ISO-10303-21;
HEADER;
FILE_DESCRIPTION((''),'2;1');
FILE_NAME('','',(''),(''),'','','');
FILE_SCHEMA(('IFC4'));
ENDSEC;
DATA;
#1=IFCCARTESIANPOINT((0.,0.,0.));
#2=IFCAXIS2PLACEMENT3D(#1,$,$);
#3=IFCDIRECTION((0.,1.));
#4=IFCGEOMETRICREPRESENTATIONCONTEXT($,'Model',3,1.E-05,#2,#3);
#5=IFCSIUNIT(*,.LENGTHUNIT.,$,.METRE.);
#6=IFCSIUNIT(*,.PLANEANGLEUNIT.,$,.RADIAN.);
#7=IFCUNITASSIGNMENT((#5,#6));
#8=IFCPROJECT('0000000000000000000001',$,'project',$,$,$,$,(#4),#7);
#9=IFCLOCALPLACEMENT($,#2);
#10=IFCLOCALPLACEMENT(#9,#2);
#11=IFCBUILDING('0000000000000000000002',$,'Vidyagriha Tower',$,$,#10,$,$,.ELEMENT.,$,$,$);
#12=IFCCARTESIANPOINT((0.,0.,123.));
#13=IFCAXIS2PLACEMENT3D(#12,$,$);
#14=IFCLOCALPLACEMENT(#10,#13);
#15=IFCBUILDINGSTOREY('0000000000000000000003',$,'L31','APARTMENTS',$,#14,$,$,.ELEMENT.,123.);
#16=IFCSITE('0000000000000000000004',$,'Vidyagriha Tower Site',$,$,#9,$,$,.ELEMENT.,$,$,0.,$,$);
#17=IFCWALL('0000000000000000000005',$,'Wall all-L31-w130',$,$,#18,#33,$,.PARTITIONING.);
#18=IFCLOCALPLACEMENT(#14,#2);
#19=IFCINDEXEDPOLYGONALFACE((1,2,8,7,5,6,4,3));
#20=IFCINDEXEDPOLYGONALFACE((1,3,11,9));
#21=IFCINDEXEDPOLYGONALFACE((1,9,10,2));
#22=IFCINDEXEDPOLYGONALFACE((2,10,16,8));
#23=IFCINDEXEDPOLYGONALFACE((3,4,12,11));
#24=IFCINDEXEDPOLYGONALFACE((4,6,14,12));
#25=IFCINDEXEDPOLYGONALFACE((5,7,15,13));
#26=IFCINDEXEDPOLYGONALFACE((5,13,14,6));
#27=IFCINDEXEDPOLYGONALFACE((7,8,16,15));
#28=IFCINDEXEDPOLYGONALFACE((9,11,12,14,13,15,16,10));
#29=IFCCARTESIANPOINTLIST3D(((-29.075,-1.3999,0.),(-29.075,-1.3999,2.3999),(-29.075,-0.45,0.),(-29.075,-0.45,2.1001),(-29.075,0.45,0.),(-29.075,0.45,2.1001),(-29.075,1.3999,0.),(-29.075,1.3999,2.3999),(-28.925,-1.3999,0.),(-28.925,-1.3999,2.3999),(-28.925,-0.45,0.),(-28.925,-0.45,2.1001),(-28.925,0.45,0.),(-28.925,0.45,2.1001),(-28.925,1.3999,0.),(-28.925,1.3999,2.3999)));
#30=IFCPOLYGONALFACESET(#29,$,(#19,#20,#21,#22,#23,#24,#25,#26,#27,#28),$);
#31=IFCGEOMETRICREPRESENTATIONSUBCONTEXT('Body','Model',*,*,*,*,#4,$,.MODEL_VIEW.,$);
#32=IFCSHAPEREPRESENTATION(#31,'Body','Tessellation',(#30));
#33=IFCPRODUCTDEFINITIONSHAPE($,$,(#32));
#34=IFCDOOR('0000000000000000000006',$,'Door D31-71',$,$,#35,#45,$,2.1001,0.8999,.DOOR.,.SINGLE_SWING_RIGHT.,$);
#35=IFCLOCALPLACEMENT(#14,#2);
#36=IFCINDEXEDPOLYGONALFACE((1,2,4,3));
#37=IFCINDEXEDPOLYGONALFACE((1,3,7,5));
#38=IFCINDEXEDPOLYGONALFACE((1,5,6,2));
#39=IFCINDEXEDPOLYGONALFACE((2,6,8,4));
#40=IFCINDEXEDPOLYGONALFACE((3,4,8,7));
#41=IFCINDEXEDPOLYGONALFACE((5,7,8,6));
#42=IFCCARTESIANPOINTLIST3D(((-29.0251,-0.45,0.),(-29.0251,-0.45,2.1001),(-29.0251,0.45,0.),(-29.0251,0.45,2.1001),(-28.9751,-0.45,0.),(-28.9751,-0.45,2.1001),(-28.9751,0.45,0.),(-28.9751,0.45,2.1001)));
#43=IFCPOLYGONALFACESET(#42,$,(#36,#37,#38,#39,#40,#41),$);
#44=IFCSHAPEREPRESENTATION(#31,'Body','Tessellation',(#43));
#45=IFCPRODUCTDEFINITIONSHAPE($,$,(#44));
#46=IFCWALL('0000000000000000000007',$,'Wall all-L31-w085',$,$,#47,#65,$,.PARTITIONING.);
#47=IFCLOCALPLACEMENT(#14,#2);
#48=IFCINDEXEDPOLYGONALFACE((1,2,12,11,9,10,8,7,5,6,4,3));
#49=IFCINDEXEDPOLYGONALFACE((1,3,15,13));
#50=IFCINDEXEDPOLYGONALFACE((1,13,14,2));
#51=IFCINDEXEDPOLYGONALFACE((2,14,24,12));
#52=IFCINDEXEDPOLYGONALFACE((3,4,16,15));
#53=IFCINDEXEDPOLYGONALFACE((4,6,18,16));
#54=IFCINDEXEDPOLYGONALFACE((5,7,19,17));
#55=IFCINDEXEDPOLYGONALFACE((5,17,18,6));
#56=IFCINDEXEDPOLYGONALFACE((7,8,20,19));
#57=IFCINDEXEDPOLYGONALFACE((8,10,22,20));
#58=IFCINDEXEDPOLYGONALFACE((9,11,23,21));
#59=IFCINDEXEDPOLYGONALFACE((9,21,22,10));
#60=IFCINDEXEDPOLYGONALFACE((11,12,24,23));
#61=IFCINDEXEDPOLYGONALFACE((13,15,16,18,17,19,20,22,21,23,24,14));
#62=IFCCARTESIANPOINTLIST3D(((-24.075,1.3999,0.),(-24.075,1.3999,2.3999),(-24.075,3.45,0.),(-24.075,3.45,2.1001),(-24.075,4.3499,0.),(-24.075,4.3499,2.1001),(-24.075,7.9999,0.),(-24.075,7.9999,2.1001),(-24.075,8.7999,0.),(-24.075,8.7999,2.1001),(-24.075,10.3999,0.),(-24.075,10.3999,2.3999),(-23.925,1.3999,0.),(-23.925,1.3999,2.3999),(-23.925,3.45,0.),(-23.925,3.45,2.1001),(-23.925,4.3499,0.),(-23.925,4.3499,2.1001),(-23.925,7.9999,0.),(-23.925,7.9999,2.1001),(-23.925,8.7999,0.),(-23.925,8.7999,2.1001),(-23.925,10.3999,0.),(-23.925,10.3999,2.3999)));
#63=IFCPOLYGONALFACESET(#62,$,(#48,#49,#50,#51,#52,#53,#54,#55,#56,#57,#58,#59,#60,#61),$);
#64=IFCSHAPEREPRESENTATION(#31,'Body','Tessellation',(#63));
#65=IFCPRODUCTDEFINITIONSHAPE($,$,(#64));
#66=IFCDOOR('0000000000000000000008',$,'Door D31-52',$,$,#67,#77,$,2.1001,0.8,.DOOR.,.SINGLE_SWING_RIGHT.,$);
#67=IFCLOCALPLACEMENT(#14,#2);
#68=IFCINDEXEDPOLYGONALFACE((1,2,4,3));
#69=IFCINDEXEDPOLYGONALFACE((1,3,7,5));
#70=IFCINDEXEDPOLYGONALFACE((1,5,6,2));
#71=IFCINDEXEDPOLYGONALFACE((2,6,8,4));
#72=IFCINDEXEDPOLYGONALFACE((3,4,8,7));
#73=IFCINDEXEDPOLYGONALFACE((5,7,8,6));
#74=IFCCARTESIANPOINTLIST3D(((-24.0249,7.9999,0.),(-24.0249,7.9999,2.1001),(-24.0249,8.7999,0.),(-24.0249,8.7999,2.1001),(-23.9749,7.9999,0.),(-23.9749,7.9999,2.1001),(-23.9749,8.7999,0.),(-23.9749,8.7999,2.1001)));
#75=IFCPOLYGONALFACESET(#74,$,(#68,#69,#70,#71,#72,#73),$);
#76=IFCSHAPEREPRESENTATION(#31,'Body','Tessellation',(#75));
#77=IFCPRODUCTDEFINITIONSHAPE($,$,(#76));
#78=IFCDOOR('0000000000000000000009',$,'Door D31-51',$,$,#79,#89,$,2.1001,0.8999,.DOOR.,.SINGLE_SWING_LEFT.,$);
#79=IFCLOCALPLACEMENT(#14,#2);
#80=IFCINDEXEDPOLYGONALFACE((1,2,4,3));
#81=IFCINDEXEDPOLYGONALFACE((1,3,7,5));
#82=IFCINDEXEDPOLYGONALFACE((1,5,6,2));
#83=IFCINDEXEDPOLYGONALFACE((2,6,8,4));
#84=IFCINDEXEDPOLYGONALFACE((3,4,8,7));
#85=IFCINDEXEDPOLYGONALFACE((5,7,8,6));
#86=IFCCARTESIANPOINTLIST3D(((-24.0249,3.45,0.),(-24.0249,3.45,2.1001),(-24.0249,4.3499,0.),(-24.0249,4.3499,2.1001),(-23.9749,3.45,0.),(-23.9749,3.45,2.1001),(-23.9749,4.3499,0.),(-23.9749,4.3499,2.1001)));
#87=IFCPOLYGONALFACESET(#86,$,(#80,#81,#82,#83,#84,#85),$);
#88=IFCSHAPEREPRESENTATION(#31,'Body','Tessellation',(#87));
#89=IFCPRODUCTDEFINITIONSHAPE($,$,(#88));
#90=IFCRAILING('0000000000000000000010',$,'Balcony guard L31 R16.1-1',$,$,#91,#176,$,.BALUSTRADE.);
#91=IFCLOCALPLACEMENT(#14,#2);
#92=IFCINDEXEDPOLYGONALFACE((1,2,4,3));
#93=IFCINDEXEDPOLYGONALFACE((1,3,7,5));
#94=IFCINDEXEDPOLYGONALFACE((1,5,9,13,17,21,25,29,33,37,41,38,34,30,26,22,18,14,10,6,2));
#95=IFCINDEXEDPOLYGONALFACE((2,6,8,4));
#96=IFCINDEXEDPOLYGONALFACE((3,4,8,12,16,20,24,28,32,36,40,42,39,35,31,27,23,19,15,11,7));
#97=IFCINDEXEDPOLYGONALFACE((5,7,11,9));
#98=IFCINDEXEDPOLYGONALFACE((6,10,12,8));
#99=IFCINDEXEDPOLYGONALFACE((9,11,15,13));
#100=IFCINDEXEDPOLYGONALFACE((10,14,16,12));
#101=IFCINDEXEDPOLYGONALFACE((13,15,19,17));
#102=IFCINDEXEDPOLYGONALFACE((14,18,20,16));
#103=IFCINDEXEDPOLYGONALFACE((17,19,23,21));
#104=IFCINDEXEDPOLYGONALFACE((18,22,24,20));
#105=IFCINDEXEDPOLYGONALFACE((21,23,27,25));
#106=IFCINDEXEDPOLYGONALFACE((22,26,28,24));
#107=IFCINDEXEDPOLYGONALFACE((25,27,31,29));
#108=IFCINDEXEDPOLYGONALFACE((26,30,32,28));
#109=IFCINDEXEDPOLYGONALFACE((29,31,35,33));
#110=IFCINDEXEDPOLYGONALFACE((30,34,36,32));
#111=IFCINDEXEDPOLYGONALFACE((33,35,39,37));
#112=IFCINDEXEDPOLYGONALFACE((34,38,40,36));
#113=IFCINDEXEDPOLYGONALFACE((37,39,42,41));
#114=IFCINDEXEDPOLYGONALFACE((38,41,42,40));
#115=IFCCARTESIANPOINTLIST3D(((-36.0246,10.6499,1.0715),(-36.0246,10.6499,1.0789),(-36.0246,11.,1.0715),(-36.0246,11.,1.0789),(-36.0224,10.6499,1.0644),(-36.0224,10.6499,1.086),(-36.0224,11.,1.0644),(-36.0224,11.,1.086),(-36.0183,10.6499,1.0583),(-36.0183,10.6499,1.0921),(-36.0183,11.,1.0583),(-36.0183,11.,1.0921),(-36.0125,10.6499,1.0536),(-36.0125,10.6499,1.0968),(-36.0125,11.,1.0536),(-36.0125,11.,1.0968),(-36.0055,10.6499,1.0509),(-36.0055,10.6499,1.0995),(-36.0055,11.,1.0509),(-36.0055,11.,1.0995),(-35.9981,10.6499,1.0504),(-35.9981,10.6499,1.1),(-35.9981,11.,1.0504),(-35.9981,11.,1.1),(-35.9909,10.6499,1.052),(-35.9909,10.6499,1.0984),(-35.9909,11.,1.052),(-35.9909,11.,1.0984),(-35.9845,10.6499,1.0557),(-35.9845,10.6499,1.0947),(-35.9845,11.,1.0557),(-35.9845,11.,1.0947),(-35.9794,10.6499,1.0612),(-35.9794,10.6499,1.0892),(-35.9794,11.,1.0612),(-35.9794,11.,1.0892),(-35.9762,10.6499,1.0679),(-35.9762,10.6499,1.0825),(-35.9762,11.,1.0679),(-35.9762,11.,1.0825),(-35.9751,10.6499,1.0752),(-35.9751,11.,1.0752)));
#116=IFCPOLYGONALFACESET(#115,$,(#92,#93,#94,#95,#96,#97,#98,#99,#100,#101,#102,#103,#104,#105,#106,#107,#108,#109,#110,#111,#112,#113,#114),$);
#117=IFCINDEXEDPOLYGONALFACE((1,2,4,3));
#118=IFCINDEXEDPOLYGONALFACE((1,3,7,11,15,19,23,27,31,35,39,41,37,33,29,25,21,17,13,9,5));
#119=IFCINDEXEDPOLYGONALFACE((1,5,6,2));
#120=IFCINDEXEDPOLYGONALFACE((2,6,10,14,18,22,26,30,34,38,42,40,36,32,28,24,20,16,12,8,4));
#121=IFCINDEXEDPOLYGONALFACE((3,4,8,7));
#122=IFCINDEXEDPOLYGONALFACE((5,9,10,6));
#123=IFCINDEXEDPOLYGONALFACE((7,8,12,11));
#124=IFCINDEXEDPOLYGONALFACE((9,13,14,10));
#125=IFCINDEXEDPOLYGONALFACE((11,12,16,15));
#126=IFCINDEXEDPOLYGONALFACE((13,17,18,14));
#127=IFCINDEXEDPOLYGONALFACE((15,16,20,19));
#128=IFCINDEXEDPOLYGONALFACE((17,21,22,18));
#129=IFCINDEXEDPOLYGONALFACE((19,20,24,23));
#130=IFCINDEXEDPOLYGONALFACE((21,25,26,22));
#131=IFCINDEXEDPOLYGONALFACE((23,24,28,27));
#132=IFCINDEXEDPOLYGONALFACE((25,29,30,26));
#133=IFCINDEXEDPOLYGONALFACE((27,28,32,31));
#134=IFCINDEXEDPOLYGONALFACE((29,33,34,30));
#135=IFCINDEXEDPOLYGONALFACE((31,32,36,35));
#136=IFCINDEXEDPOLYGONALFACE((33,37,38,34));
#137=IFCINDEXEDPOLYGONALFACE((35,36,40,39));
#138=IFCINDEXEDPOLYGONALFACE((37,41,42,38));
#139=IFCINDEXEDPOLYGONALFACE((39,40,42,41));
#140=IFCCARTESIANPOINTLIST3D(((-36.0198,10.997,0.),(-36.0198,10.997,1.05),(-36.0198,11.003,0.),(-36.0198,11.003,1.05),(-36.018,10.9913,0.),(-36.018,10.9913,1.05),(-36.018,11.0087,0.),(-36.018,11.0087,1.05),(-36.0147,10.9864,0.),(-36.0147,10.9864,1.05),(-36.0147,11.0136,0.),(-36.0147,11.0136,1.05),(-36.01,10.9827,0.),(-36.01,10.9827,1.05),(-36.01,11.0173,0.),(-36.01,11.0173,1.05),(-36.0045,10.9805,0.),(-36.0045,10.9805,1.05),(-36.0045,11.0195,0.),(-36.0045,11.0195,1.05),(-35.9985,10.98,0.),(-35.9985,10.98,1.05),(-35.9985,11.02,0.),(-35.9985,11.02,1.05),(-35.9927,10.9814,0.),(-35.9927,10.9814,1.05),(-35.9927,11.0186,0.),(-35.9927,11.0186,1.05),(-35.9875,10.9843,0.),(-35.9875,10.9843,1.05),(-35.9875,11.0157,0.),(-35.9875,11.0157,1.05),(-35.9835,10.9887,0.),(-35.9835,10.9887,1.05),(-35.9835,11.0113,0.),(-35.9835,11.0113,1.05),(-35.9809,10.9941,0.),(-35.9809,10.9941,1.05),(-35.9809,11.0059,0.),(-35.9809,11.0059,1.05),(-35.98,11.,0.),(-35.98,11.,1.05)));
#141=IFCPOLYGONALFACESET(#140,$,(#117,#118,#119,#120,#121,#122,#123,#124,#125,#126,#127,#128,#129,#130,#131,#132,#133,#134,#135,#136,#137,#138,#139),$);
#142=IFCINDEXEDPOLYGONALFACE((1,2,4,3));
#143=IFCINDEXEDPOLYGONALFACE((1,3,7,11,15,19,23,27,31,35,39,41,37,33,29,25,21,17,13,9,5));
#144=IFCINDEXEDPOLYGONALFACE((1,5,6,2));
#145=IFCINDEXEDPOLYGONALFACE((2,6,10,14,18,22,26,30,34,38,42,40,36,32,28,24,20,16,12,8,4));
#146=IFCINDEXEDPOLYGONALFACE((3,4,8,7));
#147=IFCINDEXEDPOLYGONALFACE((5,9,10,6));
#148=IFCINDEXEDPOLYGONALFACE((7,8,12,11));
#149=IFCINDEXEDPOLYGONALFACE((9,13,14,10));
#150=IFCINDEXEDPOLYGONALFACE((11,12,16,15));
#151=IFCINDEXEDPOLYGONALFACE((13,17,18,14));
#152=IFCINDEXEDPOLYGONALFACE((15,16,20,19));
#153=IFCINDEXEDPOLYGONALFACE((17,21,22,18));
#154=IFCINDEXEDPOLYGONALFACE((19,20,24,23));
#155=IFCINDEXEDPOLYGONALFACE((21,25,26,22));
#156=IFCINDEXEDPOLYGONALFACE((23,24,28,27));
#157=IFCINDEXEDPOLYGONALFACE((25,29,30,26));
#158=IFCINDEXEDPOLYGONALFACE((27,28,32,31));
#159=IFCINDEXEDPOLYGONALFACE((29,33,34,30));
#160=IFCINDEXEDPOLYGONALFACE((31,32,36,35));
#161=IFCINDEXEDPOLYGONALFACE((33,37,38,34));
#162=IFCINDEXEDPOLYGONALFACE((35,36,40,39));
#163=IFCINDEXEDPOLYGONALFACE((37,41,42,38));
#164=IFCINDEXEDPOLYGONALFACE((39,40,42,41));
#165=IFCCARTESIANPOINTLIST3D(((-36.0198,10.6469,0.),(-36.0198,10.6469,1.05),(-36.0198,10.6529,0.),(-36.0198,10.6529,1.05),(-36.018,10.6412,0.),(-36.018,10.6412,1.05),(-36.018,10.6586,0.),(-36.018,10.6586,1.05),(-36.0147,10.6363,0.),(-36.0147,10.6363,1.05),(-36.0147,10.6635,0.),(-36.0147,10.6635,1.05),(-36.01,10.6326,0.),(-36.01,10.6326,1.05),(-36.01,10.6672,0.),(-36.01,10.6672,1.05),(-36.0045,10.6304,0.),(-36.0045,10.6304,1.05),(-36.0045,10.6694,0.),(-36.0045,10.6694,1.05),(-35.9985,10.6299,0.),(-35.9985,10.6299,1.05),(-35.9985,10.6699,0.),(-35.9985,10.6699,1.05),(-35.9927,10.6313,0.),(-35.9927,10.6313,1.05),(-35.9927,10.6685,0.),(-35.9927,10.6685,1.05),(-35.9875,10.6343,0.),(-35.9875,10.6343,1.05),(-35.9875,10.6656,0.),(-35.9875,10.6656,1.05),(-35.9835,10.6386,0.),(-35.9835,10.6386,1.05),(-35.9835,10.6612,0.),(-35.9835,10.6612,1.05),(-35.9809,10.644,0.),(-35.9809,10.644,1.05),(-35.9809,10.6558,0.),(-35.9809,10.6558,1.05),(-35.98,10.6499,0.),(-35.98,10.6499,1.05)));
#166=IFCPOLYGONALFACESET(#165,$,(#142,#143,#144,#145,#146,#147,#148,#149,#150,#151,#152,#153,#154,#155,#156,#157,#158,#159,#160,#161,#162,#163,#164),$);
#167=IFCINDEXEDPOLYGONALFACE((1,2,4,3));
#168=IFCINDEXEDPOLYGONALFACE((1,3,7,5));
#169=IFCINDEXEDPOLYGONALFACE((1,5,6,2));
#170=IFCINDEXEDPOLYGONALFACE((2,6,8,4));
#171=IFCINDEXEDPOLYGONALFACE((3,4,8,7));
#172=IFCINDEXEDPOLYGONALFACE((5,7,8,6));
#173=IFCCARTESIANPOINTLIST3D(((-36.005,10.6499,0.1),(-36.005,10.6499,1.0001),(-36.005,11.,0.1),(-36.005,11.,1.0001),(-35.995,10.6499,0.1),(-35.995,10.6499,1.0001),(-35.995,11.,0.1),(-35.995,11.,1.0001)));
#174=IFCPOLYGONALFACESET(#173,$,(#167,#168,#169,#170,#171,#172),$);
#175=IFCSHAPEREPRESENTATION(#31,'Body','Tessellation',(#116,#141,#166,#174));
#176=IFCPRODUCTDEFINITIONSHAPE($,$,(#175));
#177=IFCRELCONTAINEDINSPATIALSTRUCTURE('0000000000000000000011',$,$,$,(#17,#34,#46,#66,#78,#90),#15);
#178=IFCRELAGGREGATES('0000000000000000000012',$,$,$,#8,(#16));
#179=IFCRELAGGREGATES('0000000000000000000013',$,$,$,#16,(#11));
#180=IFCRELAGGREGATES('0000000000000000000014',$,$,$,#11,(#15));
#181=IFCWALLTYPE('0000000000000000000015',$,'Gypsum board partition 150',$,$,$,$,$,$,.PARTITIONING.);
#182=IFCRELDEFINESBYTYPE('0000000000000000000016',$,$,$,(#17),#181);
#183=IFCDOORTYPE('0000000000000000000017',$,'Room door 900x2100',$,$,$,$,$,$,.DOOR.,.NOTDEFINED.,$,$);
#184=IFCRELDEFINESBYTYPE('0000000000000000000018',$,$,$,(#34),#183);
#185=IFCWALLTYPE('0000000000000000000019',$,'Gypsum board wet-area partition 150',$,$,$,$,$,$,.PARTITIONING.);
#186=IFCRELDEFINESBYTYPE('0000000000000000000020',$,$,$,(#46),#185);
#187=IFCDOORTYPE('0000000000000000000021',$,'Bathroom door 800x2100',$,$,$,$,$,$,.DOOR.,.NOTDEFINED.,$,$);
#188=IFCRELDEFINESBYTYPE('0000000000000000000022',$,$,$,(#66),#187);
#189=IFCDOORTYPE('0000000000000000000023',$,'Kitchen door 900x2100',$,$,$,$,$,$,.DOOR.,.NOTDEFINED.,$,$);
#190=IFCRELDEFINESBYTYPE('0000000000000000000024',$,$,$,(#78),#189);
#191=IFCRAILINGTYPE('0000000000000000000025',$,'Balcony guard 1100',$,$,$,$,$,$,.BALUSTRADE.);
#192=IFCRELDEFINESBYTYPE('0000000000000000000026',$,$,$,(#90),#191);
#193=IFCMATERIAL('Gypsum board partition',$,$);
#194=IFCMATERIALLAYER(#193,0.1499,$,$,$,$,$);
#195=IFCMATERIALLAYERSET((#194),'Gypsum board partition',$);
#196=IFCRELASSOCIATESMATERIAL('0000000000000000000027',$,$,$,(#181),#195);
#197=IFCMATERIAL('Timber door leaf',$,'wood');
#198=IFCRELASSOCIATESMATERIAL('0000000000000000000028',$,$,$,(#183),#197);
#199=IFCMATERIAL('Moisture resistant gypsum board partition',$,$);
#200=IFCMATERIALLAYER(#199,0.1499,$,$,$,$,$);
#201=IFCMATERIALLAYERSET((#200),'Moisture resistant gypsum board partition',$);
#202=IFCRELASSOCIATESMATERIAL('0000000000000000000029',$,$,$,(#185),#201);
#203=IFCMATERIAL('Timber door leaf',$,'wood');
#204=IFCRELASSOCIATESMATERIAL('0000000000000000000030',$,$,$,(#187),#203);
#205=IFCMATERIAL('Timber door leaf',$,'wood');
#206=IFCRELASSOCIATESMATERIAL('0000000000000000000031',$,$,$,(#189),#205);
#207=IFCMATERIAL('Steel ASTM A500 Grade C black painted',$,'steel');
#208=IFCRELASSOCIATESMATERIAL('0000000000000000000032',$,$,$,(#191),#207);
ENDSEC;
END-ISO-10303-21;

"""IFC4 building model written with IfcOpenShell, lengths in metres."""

from ifc_helpers import new_model, si_unit, direction, frame, frame_2d, origin, origin_2d, place, context, subcontext, project, spatial, rectangle, circle, extrude, material, layer, layer_set, type_object, element, fill, save


model = new_model("IFC4")

# Units and contexts
model_context = context("Model", 3, precision=1e-05, world=origin(), true_north=direction((0.0, 1.0)))
body_context = subcontext(model_context, "Body", "Model", "MODEL_VIEW")
ifc_project = project(units=[si_unit("LENGTHUNIT", "METRE"), si_unit("PLANEANGLEUNIT", "RADIAN")], contexts=[model_context])

# Site, building, storey
site_placement = place(None, origin())
site = spatial("IfcSite", under=ifc_project, at=site_placement, Name="Vidyagriha Tower Site", CompositionType="ELEMENT", RefElevation=0.0)
building_placement = place(site_placement, origin())
building = spatial("IfcBuilding", under=site, at=building_placement, Name="Vidyagriha Tower", CompositionType="ELEMENT")
storey_placement = place(building_placement, frame((0.0, 0.0, 123.0)))
storey = spatial("IfcBuildingStorey", under=building, at=storey_placement, Name="L31", Description="APARTMENTS", CompositionType="ELEMENT", Elevation=123.0)

# Shared definitions
ifc_material_1 = material(Name="Gypsum board partition")
ifc_layer_1 = layer(ifc_material_1, 0.1499)
ifc_layer_set_1 = layer_set([ifc_layer_1], Name="Gypsum board partition")
wall_type_1 = type_object("IfcWallType", Name="Gypsum board partition 150", PredefinedType="PARTITIONING", material=ifc_layer_set_1)

# Shared definitions
ifc_material_2 = material(Name="Timber door leaf", Category="wood")
door_type_1 = type_object("IfcDoorType", Name="Room door 900x2100", OperationType="NOTDEFINED", PredefinedType="DOOR", material=ifc_material_2)

# Wall, opening, door
wall_1_placement = place(storey_placement, frame((-29.0, 1.3999, 0.0), z_axis=(0.0, 0.0, 1.0), x_axis=(0.0, -1.0, 0.0)))
wall_1 = element("IfcWall", 1, at=wall_1_placement, inside=storey, type_object=wall_type_1, Name="Wall all-L31-w130", PredefinedType="PARTITIONING", context=body_context, shape_type="SweptSolid", body=[
    extrude(rectangle(XDim=2.7998, YDim=0.1499, at=frame_2d((1.3999, 0.0))), origin(), (0.0, 0.0, 1.0), 2.3999),
])
opening_1_placement = place(wall_1_placement, frame((0.95, 0.0, 0.0)))
opening_1 = element("IfcOpeningElement", 2, at=opening_1_placement, cuts=wall_1, PredefinedType="OPENING", context=body_context, shape_type="SweptSolid", body=[
    extrude(rectangle(XDim=0.8999, YDim=2.1001, at=frame_2d((0.45, 1.05))), frame((0.0, 0.085, 0.0), z_axis=(0.0, -1.0, 0.0), x_axis=(1.0, 0.0, 0.0)), (0.0, 0.0, 1.0), 0.1699),
])
door_1_placement = place(opening_1_placement, origin())
door_1 = element("IfcDoor", 3, at=door_1_placement, inside=storey, type_object=door_type_1, Name="Door D31-71", OperationType="SINGLE_SWING_RIGHT", OverallHeight=2.1001, OverallWidth=0.8999, PredefinedType="DOOR", context=body_context, shape_type="SweptSolid", body=[
    extrude(rectangle(XDim=0.8999, YDim=2.1001, at=frame_2d((0.45, 1.05))), frame((0.0, 0.0249, 0.0), z_axis=(0.0, -1.0, 0.0), x_axis=(1.0, 0.0, 0.0)), (0.0, 0.0, 1.0), 0.05),
])
fill(opening_1, door_1)

# Wall, openings, doors
ifc_material_3 = material(Name="Moisture resistant gypsum board partition")
ifc_layer_2 = layer(ifc_material_3, 0.1499)
ifc_layer_set_2 = layer_set([ifc_layer_2], Name="Moisture resistant gypsum board partition")
wall_type_2 = type_object("IfcWallType", Name="Gypsum board wet-area partition 150", PredefinedType="PARTITIONING", material=ifc_layer_set_2)
wall_2_placement = place(storey_placement, frame((-24.0, 1.3999, 0.0), z_axis=(0.0, 0.0, 1.0), x_axis=(0.0, 1.0, 0.0)))
wall_2 = element("IfcWall", 4, at=wall_2_placement, inside=storey, type_object=wall_type_2, Name="Wall all-L31-w085", PredefinedType="PARTITIONING", context=body_context, shape_type="SweptSolid", body=[
    extrude(rectangle(XDim=9.0, YDim=0.1499, at=frame_2d((4.5, 0.0))), origin(), (0.0, 0.0, 1.0), 2.3999),
])
opening_2_placement = place(wall_2_placement, frame((2.05, 0.0, 0.0)))
opening_2 = element("IfcOpeningElement", 5, at=opening_2_placement, cuts=wall_2, PredefinedType="OPENING", context=body_context, shape_type="SweptSolid", body=[
    extrude(rectangle(XDim=0.8999, YDim=2.1001, at=frame_2d((0.45, 1.05))), frame((0.0, 0.085, 0.0), z_axis=(0.0, -1.0, 0.0), x_axis=(1.0, 0.0, 0.0)), (0.0, 0.0, 1.0), 0.1699),
])
opening_3_placement = place(wall_2_placement, frame((6.6001, 0.0, 0.0)))
opening_3 = element("IfcOpeningElement", 6, at=opening_3_placement, cuts=wall_2, PredefinedType="OPENING", context=body_context, shape_type="SweptSolid", body=[
    extrude(rectangle(XDim=0.8, YDim=2.1001, at=frame_2d((0.3999, 1.05))), frame((0.0, 0.085, 0.0), z_axis=(0.0, -1.0, 0.0), x_axis=(1.0, 0.0, 0.0)), (0.0, 0.0, 1.0), 0.1699),
])
ifc_material_4 = material(Name="Timber door leaf", Category="wood")
door_type_2 = type_object("IfcDoorType", Name="Bathroom door 800x2100", OperationType="NOTDEFINED", PredefinedType="DOOR", material=ifc_material_4)
door_2_placement = place(opening_3_placement, origin())
door_2 = element("IfcDoor", 7, at=door_2_placement, inside=storey, type_object=door_type_2, Name="Door D31-52", OperationType="SINGLE_SWING_RIGHT", OverallHeight=2.1001, OverallWidth=0.8, PredefinedType="DOOR", context=body_context, shape_type="SweptSolid", body=[
    extrude(rectangle(XDim=0.8, YDim=2.1001, at=frame_2d((0.3999, 1.05))), frame((0.0, 0.0249, 0.0), z_axis=(0.0, -1.0, 0.0), x_axis=(1.0, 0.0, 0.0)), (0.0, 0.0, 1.0), 0.05),
])
fill(opening_3, door_2)
ifc_material_5 = material(Name="Timber door leaf", Category="wood")
door_type_3 = type_object("IfcDoorType", Name="Kitchen door 900x2100", OperationType="NOTDEFINED", PredefinedType="DOOR", material=ifc_material_5)
door_3_placement = place(opening_2_placement, origin())
door_3 = element("IfcDoor", 8, at=door_3_placement, inside=storey, type_object=door_type_3, Name="Door D31-51", OperationType="SINGLE_SWING_LEFT", OverallHeight=2.1001, OverallWidth=0.8999, PredefinedType="DOOR", context=body_context, shape_type="SweptSolid", body=[
    extrude(rectangle(XDim=0.8999, YDim=2.1001, at=frame_2d((0.45, 1.05))), frame((0.0, 0.0249, 0.0), z_axis=(0.0, -1.0, 0.0), x_axis=(1.0, 0.0, 0.0)), (0.0, 0.0, 1.0), 0.05),
])
fill(opening_2, door_3)

# Railing
ifc_material_6 = material(Name="Steel ASTM A500 Grade C black painted", Category="steel")
railing_type = type_object("IfcRailingType", Name="Balcony guard 1100", PredefinedType="BALUSTRADE", material=ifc_material_6)
railing_1_placement = place(storey_placement, frame((-36.0, 11.0, 0.0)))
element("IfcRailing", 9, at=railing_1_placement, inside=storey, type_object=railing_type, Name="Balcony guard L31 R16.1-1", PredefinedType="BALUSTRADE", context=body_context, shape_type="SweptSolid", body=[
    extrude(circle(Radius=0.0249, at=origin_2d()), frame((0.0, 0.0, 1.0752), z_axis=(0.0, -1.0, 0.0), x_axis=(1.0, 0.0, 0.0)), (0.0, 0.0, 1.0), 0.3501),
    extrude(circle(Radius=0.02, at=origin_2d()), origin(), (0.0, 0.0, 1.0), 1.05),
    extrude(circle(Radius=0.02, at=origin_2d()), frame((0.0, -0.3501, 0.0)), (0.0, 0.0, 1.0), 1.05),
    extrude(rectangle(XDim=0.01, YDim=0.9001, at=origin_2d()), frame((0.0, 0.0, 0.55), z_axis=(0.0, -1.0, 0.0), x_axis=(1.0, 0.0, 0.0)), (0.0, 0.0, 1.0), 0.3501),
])

save(model, "model.ifc")
